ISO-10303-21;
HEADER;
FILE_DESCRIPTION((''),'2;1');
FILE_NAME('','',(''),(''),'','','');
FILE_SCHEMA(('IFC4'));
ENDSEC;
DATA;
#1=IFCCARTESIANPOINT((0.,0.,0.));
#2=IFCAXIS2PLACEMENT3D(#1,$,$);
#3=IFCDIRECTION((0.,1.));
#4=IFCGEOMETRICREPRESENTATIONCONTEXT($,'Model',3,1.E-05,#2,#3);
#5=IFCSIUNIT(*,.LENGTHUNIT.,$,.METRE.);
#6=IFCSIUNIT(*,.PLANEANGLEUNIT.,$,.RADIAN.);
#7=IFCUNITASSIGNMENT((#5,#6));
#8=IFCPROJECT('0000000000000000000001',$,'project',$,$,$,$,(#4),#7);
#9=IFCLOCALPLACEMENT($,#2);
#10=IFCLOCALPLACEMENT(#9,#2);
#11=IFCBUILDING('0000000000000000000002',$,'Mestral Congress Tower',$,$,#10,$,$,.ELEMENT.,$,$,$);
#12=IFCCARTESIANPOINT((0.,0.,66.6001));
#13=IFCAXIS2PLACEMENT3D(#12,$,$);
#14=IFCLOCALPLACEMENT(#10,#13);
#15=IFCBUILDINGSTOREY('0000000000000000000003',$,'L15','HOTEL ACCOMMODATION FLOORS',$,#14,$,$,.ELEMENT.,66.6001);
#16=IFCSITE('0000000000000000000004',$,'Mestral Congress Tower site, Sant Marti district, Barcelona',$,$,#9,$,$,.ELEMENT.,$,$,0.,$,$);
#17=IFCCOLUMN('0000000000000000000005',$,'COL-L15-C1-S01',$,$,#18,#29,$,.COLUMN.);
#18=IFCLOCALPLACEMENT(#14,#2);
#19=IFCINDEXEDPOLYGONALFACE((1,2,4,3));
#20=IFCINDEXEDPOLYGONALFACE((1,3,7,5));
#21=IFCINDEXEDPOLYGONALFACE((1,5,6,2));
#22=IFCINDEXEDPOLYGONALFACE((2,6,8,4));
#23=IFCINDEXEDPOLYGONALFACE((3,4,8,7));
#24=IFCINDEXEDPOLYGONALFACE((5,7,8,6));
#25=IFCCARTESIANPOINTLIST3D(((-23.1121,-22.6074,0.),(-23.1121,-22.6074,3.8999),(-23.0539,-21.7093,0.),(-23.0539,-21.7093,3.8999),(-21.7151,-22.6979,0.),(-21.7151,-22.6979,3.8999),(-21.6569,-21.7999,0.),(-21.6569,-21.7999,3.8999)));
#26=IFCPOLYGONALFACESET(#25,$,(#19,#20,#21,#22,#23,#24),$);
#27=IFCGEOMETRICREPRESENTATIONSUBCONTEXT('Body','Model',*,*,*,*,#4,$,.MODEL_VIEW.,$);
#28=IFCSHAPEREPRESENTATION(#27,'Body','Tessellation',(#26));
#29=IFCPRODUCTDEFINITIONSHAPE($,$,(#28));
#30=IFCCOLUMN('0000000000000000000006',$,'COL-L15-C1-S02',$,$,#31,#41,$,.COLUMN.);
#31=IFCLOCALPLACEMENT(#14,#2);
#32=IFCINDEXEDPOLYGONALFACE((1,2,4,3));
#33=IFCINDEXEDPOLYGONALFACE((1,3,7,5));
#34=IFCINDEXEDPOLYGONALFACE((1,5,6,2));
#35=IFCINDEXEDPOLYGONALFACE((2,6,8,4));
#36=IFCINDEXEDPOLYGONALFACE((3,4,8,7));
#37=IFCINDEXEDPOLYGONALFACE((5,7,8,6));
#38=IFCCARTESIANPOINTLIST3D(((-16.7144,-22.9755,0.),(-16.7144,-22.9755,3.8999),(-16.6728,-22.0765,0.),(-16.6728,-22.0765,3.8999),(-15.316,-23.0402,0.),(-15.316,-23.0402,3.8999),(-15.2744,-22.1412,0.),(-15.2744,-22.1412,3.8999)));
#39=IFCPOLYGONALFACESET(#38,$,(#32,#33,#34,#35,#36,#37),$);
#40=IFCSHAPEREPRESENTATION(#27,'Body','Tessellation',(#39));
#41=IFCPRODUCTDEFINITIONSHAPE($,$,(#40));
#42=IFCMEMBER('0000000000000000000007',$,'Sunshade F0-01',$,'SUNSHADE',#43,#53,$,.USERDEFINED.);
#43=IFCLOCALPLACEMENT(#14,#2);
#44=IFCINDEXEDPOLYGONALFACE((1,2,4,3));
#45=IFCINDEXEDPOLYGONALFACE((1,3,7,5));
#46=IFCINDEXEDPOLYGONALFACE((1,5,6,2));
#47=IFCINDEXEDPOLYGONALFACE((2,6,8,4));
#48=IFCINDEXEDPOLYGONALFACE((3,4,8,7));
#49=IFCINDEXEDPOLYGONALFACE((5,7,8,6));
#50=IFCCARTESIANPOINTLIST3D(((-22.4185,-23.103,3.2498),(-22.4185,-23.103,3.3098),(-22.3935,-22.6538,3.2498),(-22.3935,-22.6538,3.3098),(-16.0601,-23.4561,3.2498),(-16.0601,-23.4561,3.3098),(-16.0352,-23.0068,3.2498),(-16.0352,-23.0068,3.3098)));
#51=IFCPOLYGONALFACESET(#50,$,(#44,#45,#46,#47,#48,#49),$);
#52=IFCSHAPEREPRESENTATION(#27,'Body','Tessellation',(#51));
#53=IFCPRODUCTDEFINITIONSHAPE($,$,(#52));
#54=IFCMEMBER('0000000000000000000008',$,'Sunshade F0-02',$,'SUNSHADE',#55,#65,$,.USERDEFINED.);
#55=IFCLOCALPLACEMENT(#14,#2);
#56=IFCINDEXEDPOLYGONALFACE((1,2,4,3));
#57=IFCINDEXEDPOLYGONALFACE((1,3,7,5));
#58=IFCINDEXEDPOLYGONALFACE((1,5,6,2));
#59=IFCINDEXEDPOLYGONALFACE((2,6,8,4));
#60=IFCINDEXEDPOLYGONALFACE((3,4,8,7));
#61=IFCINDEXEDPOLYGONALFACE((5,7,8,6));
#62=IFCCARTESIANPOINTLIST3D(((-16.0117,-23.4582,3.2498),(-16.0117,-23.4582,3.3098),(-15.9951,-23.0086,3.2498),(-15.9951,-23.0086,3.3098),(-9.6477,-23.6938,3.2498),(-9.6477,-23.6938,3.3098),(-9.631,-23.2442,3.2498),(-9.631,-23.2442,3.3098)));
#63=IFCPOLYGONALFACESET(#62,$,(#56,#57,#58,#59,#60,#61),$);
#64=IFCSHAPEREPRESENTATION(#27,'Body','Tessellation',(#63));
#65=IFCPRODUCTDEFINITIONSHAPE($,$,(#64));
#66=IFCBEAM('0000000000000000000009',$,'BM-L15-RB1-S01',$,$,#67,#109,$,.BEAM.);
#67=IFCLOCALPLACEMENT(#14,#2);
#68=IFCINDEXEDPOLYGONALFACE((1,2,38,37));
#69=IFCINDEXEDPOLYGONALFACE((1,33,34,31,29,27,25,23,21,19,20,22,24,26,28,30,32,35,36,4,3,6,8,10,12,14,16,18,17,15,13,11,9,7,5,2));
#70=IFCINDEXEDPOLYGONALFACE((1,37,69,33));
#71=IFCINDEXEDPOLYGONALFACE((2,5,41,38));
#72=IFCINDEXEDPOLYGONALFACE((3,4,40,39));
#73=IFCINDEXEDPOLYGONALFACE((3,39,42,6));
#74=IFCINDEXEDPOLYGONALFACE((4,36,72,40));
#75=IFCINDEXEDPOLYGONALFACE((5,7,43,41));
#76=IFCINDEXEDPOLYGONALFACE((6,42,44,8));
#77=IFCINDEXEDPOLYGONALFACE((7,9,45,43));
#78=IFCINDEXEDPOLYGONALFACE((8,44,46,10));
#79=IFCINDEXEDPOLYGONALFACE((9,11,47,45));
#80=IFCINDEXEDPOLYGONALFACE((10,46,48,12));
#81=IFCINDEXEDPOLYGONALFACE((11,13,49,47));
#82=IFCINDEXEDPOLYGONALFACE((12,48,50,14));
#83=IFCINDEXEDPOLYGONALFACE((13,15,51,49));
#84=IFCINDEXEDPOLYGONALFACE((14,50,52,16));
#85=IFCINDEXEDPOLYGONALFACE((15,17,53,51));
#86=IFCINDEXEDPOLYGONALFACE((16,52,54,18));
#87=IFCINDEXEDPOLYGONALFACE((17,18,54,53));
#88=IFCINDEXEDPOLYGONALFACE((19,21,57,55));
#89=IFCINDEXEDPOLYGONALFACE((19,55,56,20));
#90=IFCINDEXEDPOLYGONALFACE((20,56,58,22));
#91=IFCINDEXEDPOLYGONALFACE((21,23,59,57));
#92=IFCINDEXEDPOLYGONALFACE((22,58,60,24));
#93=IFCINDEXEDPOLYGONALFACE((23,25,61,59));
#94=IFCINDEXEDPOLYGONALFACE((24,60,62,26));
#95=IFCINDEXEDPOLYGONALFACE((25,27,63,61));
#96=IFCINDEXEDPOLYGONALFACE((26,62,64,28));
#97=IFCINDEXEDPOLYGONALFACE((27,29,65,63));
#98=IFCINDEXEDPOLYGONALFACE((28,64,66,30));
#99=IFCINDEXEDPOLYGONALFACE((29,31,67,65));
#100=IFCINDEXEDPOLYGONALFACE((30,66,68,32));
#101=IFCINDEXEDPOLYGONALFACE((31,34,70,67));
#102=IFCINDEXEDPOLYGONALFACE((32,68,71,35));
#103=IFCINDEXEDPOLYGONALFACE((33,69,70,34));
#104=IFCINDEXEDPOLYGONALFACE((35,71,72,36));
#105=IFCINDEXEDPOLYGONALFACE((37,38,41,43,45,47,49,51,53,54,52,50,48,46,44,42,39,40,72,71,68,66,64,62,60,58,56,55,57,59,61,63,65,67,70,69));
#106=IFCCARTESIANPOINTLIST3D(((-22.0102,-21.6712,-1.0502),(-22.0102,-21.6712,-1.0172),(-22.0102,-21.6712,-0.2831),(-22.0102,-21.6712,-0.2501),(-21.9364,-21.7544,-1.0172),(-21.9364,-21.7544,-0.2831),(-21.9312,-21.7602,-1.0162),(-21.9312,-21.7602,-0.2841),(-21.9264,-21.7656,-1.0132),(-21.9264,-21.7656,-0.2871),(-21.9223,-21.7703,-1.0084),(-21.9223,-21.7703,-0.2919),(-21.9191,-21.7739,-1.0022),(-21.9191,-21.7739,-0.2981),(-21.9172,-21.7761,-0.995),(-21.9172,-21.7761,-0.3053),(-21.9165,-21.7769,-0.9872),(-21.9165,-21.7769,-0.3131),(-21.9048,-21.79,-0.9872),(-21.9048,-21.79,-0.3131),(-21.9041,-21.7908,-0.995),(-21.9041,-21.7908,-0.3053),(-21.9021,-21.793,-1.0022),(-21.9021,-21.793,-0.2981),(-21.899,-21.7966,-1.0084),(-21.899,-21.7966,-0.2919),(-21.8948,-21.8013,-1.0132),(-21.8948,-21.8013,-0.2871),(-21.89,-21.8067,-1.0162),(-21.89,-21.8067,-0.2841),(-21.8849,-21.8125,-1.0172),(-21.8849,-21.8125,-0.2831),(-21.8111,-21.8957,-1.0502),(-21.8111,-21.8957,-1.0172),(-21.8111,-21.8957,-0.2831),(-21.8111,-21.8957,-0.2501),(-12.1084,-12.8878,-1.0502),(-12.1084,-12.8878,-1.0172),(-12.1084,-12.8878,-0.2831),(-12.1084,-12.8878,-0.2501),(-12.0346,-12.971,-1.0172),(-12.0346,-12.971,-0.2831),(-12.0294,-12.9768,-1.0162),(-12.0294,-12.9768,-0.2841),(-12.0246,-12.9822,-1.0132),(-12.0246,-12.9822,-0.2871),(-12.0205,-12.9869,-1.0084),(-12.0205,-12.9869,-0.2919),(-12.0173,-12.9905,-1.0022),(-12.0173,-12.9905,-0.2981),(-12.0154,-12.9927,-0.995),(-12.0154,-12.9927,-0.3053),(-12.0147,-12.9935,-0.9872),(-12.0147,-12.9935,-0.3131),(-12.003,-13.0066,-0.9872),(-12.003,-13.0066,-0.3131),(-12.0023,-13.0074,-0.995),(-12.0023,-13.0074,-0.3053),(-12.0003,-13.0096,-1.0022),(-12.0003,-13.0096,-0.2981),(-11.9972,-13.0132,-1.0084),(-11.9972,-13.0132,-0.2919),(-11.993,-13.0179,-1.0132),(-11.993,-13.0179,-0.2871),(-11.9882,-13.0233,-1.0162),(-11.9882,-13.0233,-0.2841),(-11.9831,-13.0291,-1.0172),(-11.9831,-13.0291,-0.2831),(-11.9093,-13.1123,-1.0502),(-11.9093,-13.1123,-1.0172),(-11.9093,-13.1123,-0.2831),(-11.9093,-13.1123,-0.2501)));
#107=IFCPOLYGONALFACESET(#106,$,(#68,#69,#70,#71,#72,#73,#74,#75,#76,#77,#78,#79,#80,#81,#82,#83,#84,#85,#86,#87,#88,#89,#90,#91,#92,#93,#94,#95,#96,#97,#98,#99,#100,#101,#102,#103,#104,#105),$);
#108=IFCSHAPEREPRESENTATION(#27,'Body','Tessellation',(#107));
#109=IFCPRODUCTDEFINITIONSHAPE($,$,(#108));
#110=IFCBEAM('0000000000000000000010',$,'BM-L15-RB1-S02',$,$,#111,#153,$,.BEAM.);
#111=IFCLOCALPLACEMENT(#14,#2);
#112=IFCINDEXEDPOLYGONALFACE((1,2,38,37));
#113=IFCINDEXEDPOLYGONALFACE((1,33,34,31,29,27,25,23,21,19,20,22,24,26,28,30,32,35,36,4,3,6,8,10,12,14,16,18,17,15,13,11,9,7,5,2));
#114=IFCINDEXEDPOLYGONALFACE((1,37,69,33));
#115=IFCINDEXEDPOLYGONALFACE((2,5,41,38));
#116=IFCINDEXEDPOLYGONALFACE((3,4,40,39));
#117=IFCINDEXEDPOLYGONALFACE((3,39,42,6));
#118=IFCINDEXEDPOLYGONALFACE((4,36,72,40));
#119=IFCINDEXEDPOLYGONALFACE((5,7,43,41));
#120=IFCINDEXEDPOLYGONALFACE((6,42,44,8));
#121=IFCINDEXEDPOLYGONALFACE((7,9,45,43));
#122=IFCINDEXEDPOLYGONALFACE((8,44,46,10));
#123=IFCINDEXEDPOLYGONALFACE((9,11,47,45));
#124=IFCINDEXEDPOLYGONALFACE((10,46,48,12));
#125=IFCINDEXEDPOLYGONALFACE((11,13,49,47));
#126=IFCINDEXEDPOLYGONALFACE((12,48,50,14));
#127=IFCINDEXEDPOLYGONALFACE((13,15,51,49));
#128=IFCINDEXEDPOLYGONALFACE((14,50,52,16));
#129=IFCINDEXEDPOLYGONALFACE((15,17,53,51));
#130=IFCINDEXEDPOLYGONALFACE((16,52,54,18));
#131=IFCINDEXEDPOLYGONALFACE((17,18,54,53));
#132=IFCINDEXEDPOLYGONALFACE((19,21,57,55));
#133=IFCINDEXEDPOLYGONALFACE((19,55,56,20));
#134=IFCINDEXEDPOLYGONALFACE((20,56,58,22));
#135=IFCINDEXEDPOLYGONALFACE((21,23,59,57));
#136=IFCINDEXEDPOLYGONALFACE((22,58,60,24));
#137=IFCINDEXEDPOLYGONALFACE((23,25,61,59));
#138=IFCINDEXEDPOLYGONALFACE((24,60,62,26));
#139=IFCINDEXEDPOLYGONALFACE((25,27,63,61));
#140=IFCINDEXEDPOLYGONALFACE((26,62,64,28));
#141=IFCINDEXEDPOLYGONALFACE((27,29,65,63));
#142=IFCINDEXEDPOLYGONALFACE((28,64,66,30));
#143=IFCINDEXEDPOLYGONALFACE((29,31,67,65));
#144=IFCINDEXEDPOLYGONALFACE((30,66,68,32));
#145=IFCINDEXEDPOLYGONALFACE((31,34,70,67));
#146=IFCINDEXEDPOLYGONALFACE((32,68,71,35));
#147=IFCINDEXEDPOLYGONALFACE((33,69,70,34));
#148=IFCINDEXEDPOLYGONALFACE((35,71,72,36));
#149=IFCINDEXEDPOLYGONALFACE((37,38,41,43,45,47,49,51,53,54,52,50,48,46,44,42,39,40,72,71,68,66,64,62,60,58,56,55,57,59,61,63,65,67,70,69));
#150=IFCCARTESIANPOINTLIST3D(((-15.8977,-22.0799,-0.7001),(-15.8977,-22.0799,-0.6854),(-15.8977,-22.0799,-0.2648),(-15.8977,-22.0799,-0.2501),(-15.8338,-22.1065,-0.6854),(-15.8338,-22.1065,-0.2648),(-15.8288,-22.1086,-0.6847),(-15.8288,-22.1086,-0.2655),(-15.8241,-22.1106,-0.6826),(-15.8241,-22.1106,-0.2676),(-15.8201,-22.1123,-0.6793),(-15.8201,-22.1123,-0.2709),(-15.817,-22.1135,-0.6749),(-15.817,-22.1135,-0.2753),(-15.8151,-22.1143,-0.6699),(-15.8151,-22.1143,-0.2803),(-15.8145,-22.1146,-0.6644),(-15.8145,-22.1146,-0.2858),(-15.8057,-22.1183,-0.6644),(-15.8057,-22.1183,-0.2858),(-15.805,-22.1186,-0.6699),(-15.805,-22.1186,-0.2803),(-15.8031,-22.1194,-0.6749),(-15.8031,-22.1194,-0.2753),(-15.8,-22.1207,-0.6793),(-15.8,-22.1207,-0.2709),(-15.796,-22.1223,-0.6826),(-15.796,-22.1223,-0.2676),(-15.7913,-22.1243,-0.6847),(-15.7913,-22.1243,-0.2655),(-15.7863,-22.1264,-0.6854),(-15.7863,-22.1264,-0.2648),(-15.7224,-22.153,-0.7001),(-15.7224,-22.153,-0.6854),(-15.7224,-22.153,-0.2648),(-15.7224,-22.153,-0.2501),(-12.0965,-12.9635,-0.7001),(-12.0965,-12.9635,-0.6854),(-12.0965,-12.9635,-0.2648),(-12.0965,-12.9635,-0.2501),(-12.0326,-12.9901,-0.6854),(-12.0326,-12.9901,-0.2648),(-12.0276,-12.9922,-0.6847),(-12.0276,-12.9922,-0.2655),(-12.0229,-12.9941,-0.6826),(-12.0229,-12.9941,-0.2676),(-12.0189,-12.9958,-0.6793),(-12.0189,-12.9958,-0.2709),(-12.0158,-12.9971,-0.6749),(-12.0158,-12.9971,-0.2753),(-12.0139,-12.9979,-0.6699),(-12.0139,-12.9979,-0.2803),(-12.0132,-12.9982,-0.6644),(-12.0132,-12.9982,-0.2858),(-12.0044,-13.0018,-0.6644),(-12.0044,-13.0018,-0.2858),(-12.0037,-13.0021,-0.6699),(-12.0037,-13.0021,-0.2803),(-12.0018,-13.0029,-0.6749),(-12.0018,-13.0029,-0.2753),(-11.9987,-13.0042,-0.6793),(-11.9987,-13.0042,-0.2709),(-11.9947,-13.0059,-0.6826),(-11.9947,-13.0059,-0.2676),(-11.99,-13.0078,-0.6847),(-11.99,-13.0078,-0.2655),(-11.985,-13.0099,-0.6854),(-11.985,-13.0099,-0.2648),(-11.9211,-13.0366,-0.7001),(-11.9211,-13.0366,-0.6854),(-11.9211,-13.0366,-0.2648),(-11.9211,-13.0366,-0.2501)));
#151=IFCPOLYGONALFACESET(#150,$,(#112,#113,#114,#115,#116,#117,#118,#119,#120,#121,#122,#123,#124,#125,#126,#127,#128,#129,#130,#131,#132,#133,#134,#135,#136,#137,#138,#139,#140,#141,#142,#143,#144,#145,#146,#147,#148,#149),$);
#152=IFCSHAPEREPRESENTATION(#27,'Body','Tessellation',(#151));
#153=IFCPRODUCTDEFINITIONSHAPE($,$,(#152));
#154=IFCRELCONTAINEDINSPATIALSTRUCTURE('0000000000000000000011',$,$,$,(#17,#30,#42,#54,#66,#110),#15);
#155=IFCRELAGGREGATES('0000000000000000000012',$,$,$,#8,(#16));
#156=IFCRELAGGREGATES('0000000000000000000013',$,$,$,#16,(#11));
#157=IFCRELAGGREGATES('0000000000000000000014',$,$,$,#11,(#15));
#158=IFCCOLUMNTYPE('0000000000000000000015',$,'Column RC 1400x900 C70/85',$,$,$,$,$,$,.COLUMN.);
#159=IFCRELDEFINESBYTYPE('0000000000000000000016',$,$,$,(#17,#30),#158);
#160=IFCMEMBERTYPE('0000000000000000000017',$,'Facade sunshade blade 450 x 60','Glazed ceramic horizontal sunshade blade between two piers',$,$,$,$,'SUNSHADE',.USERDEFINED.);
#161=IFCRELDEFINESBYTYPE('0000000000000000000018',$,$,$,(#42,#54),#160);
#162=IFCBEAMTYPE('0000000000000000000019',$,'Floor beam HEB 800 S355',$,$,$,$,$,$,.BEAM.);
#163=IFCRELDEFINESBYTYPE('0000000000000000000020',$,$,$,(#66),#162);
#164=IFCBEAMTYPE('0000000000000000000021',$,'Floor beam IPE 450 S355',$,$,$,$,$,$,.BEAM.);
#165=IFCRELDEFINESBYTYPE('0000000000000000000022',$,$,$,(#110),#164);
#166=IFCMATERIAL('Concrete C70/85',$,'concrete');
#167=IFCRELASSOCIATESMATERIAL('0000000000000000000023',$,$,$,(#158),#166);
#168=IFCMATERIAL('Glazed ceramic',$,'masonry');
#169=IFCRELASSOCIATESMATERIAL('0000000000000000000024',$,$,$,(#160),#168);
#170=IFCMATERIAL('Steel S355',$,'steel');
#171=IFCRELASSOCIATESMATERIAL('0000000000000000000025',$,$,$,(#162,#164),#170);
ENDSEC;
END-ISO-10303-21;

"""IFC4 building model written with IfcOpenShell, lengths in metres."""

from ifc_helpers import new_model, si_unit, direction, frame, origin, origin_2d, place, context, subcontext, project, spatial, rectangle, i_section, extrude, material, material_profile, profile_set, type_object, element, save


model = new_model("IFC4")

# Units and contexts
model_context = context("Model", 3, precision=1e-05, world=origin(), true_north=direction((0.0, 1.0)))
body_context = subcontext(model_context, "Body", "Model", "MODEL_VIEW")
ifc_project = project(units=[si_unit("LENGTHUNIT", "METRE"), si_unit("PLANEANGLEUNIT", "RADIAN")], contexts=[model_context])

# Site, building, storey
site_placement = place(None, origin())
site = spatial("IfcSite", under=ifc_project, at=site_placement, Name="Mestral Congress Tower site, Sant Marti district, Barcelona", CompositionType="ELEMENT", RefElevation=0.0)
building_placement = place(site_placement, origin())
building = spatial("IfcBuilding", under=site, at=building_placement, Name="Mestral Congress Tower", CompositionType="ELEMENT")
storey_placement = place(building_placement, frame((0.0, 0.0, 66.6001)))
storey = spatial("IfcBuildingStorey", under=building, at=storey_placement, Name="L15", Description="HOTEL ACCOMMODATION FLOORS", CompositionType="ELEMENT", Elevation=66.6001)

# Columns
ifc_material_1 = material(Name="Concrete C70/85", Category="concrete")
ifc_material_profile_1 = material_profile(ifc_material_1, rectangle(XDim=1.3999, YDim=0.8999, at=origin_2d()), Name="RC 1400x900")
ifc_profile_set_1 = profile_set([ifc_material_profile_1], Name="Concrete C70/85")
column_type = type_object("IfcColumnType", Name="Column RC 1400x900 C70/85", PredefinedType="COLUMN", material=ifc_profile_set_1)
for number, where, z_axis, x_axis, name in (
    (1, (-22.3845, -22.2036, 0.0), (0.0, 0.0, 1.0), (0.997908, -0.064658, 0.0), "COL-L15-C1-S01"),
    (2, (-15.9944, -22.5583, 0.0), (0.0, 0.0, 1.0), (0.998932, -0.0462, 0.0), "COL-L15-C1-S02"),
):
    element("IfcColumn", number, at=place(storey_placement, frame(where, z_axis=z_axis, x_axis=x_axis)), inside=storey, type_object=column_type, Name=name, PredefinedType="COLUMN", context=body_context, shape_type="SweptSolid", body=[
        extrude(rectangle(XDim=1.3999, YDim=0.8999, at=origin_2d()), origin(), (0.0, 0.0, 1.0), 3.8999),
    ])

# Members
ifc_material_2 = material(Name="Glazed ceramic", Category="masonry")
ifc_material_profile_2 = material_profile(ifc_material_2, rectangle(XDim=0.45, YDim=0.0601, at=origin_2d()), Name="Ceramic blade 450 x 60")
ifc_profile_set_2 = profile_set([ifc_material_profile_2], Name="Glazed ceramic")
member_type = type_object("IfcMemberType", Name="Facade sunshade blade 450 x 60", Description="Glazed ceramic horizontal sunshade blade between two piers", ElementType="SUNSHADE", PredefinedType="USERDEFINED", material=ifc_profile_set_2)
member_1_placement = place(storey_placement, frame((-22.406, -22.8784, 3.2798), z_axis=(0.998462, -0.055436, 0.0), x_axis=(0.055436, 0.998462, 0.0)))
element("IfcMember", 3, at=member_1_placement, inside=storey, type_object=member_type, Name="Sunshade F0-01", ObjectType="SUNSHADE", PredefinedType="USERDEFINED", context=body_context, shape_type="SweptSolid", body=[
    extrude(rectangle(XDim=0.45, YDim=0.0601, at=origin_2d()), origin(), (0.0, 0.0, 1.0), 6.3682),
])
member_2_placement = place(storey_placement, frame((-16.0034, -23.2334, 3.2798), z_axis=(0.999315, -0.036995, 0.0), x_axis=(0.036995, 0.999315, 0.0)))
element("IfcMember", 4, at=member_2_placement, inside=storey, type_object=member_type, Name="Sunshade F0-02", ObjectType="SUNSHADE", PredefinedType="USERDEFINED", context=body_context, shape_type="SweptSolid", body=[
    extrude(rectangle(XDim=0.45, YDim=0.0601, at=origin_2d()), origin(), (0.0, 0.0, 1.0), 6.3684),
])

# Beams
ifc_material_3 = material(Name="Steel S355", Category="steel")
ifc_material_profile_3 = material_profile(ifc_material_3, i_section(OverallWidth=0.3, OverallDepth=0.8, WebThickness=0.0176, FlangeThickness=0.033, FilletRadius=0.03, at=origin_2d()), Name="HEB 800")
ifc_profile_set_3 = profile_set([ifc_material_profile_3], Name="Steel S355")
beam_type_1 = type_object("IfcBeamType", Name="Floor beam HEB 800 S355", PredefinedType="BEAM", material=ifc_profile_set_3)
beam_1_placement = place(storey_placement, frame((-21.9106, -21.7834, -0.6501), z_axis=(0.748092, 0.663595, 0.0), x_axis=(-0.663595, 0.748092, 0.0)))
element("IfcBeam", 5, at=beam_1_placement, inside=storey, type_object=beam_type_1, Name="BM-L15-RB1-S01", PredefinedType="BEAM", context=body_context, shape_type="SweptSolid", body=[
    extrude(i_section(OverallWidth=0.3, OverallDepth=0.8, WebThickness=0.0176, FlangeThickness=0.033, FilletRadius=0.03, at=origin_2d()), origin(), (0.0, 0.0, 1.0), 13.2361),
])
ifc_material_profile_4 = material_profile(ifc_material_3, i_section(OverallWidth=0.1899, OverallDepth=0.45, WebThickness=0.0095, FlangeThickness=0.0146, FilletRadius=0.021, at=origin_2d()), Name="IPE 450")
ifc_profile_set_4 = profile_set([ifc_material_profile_4], Name="Steel S355")
beam_type_2 = type_object("IfcBeamType", Name="Floor beam IPE 450 S355", PredefinedType="BEAM", material=ifc_profile_set_4)
beam_2_placement = place(storey_placement, frame((-15.8101, -22.1165, -0.4751), z_axis=(0.384852, 0.922978, 0.0), x_axis=(-0.922978, 0.384852, 0.0)))
element("IfcBeam", 6, at=beam_2_placement, inside=storey, type_object=beam_type_2, Name="BM-L15-RB1-S02", PredefinedType="BEAM", context=body_context, shape_type="SweptSolid", body=[
    extrude(i_section(OverallWidth=0.1899, OverallDepth=0.45, WebThickness=0.0095, FlangeThickness=0.0146, FilletRadius=0.021, at=origin_2d()), origin(), (0.0, 0.0, 1.0), 9.8772),
])

save(model, "model.ifc")
